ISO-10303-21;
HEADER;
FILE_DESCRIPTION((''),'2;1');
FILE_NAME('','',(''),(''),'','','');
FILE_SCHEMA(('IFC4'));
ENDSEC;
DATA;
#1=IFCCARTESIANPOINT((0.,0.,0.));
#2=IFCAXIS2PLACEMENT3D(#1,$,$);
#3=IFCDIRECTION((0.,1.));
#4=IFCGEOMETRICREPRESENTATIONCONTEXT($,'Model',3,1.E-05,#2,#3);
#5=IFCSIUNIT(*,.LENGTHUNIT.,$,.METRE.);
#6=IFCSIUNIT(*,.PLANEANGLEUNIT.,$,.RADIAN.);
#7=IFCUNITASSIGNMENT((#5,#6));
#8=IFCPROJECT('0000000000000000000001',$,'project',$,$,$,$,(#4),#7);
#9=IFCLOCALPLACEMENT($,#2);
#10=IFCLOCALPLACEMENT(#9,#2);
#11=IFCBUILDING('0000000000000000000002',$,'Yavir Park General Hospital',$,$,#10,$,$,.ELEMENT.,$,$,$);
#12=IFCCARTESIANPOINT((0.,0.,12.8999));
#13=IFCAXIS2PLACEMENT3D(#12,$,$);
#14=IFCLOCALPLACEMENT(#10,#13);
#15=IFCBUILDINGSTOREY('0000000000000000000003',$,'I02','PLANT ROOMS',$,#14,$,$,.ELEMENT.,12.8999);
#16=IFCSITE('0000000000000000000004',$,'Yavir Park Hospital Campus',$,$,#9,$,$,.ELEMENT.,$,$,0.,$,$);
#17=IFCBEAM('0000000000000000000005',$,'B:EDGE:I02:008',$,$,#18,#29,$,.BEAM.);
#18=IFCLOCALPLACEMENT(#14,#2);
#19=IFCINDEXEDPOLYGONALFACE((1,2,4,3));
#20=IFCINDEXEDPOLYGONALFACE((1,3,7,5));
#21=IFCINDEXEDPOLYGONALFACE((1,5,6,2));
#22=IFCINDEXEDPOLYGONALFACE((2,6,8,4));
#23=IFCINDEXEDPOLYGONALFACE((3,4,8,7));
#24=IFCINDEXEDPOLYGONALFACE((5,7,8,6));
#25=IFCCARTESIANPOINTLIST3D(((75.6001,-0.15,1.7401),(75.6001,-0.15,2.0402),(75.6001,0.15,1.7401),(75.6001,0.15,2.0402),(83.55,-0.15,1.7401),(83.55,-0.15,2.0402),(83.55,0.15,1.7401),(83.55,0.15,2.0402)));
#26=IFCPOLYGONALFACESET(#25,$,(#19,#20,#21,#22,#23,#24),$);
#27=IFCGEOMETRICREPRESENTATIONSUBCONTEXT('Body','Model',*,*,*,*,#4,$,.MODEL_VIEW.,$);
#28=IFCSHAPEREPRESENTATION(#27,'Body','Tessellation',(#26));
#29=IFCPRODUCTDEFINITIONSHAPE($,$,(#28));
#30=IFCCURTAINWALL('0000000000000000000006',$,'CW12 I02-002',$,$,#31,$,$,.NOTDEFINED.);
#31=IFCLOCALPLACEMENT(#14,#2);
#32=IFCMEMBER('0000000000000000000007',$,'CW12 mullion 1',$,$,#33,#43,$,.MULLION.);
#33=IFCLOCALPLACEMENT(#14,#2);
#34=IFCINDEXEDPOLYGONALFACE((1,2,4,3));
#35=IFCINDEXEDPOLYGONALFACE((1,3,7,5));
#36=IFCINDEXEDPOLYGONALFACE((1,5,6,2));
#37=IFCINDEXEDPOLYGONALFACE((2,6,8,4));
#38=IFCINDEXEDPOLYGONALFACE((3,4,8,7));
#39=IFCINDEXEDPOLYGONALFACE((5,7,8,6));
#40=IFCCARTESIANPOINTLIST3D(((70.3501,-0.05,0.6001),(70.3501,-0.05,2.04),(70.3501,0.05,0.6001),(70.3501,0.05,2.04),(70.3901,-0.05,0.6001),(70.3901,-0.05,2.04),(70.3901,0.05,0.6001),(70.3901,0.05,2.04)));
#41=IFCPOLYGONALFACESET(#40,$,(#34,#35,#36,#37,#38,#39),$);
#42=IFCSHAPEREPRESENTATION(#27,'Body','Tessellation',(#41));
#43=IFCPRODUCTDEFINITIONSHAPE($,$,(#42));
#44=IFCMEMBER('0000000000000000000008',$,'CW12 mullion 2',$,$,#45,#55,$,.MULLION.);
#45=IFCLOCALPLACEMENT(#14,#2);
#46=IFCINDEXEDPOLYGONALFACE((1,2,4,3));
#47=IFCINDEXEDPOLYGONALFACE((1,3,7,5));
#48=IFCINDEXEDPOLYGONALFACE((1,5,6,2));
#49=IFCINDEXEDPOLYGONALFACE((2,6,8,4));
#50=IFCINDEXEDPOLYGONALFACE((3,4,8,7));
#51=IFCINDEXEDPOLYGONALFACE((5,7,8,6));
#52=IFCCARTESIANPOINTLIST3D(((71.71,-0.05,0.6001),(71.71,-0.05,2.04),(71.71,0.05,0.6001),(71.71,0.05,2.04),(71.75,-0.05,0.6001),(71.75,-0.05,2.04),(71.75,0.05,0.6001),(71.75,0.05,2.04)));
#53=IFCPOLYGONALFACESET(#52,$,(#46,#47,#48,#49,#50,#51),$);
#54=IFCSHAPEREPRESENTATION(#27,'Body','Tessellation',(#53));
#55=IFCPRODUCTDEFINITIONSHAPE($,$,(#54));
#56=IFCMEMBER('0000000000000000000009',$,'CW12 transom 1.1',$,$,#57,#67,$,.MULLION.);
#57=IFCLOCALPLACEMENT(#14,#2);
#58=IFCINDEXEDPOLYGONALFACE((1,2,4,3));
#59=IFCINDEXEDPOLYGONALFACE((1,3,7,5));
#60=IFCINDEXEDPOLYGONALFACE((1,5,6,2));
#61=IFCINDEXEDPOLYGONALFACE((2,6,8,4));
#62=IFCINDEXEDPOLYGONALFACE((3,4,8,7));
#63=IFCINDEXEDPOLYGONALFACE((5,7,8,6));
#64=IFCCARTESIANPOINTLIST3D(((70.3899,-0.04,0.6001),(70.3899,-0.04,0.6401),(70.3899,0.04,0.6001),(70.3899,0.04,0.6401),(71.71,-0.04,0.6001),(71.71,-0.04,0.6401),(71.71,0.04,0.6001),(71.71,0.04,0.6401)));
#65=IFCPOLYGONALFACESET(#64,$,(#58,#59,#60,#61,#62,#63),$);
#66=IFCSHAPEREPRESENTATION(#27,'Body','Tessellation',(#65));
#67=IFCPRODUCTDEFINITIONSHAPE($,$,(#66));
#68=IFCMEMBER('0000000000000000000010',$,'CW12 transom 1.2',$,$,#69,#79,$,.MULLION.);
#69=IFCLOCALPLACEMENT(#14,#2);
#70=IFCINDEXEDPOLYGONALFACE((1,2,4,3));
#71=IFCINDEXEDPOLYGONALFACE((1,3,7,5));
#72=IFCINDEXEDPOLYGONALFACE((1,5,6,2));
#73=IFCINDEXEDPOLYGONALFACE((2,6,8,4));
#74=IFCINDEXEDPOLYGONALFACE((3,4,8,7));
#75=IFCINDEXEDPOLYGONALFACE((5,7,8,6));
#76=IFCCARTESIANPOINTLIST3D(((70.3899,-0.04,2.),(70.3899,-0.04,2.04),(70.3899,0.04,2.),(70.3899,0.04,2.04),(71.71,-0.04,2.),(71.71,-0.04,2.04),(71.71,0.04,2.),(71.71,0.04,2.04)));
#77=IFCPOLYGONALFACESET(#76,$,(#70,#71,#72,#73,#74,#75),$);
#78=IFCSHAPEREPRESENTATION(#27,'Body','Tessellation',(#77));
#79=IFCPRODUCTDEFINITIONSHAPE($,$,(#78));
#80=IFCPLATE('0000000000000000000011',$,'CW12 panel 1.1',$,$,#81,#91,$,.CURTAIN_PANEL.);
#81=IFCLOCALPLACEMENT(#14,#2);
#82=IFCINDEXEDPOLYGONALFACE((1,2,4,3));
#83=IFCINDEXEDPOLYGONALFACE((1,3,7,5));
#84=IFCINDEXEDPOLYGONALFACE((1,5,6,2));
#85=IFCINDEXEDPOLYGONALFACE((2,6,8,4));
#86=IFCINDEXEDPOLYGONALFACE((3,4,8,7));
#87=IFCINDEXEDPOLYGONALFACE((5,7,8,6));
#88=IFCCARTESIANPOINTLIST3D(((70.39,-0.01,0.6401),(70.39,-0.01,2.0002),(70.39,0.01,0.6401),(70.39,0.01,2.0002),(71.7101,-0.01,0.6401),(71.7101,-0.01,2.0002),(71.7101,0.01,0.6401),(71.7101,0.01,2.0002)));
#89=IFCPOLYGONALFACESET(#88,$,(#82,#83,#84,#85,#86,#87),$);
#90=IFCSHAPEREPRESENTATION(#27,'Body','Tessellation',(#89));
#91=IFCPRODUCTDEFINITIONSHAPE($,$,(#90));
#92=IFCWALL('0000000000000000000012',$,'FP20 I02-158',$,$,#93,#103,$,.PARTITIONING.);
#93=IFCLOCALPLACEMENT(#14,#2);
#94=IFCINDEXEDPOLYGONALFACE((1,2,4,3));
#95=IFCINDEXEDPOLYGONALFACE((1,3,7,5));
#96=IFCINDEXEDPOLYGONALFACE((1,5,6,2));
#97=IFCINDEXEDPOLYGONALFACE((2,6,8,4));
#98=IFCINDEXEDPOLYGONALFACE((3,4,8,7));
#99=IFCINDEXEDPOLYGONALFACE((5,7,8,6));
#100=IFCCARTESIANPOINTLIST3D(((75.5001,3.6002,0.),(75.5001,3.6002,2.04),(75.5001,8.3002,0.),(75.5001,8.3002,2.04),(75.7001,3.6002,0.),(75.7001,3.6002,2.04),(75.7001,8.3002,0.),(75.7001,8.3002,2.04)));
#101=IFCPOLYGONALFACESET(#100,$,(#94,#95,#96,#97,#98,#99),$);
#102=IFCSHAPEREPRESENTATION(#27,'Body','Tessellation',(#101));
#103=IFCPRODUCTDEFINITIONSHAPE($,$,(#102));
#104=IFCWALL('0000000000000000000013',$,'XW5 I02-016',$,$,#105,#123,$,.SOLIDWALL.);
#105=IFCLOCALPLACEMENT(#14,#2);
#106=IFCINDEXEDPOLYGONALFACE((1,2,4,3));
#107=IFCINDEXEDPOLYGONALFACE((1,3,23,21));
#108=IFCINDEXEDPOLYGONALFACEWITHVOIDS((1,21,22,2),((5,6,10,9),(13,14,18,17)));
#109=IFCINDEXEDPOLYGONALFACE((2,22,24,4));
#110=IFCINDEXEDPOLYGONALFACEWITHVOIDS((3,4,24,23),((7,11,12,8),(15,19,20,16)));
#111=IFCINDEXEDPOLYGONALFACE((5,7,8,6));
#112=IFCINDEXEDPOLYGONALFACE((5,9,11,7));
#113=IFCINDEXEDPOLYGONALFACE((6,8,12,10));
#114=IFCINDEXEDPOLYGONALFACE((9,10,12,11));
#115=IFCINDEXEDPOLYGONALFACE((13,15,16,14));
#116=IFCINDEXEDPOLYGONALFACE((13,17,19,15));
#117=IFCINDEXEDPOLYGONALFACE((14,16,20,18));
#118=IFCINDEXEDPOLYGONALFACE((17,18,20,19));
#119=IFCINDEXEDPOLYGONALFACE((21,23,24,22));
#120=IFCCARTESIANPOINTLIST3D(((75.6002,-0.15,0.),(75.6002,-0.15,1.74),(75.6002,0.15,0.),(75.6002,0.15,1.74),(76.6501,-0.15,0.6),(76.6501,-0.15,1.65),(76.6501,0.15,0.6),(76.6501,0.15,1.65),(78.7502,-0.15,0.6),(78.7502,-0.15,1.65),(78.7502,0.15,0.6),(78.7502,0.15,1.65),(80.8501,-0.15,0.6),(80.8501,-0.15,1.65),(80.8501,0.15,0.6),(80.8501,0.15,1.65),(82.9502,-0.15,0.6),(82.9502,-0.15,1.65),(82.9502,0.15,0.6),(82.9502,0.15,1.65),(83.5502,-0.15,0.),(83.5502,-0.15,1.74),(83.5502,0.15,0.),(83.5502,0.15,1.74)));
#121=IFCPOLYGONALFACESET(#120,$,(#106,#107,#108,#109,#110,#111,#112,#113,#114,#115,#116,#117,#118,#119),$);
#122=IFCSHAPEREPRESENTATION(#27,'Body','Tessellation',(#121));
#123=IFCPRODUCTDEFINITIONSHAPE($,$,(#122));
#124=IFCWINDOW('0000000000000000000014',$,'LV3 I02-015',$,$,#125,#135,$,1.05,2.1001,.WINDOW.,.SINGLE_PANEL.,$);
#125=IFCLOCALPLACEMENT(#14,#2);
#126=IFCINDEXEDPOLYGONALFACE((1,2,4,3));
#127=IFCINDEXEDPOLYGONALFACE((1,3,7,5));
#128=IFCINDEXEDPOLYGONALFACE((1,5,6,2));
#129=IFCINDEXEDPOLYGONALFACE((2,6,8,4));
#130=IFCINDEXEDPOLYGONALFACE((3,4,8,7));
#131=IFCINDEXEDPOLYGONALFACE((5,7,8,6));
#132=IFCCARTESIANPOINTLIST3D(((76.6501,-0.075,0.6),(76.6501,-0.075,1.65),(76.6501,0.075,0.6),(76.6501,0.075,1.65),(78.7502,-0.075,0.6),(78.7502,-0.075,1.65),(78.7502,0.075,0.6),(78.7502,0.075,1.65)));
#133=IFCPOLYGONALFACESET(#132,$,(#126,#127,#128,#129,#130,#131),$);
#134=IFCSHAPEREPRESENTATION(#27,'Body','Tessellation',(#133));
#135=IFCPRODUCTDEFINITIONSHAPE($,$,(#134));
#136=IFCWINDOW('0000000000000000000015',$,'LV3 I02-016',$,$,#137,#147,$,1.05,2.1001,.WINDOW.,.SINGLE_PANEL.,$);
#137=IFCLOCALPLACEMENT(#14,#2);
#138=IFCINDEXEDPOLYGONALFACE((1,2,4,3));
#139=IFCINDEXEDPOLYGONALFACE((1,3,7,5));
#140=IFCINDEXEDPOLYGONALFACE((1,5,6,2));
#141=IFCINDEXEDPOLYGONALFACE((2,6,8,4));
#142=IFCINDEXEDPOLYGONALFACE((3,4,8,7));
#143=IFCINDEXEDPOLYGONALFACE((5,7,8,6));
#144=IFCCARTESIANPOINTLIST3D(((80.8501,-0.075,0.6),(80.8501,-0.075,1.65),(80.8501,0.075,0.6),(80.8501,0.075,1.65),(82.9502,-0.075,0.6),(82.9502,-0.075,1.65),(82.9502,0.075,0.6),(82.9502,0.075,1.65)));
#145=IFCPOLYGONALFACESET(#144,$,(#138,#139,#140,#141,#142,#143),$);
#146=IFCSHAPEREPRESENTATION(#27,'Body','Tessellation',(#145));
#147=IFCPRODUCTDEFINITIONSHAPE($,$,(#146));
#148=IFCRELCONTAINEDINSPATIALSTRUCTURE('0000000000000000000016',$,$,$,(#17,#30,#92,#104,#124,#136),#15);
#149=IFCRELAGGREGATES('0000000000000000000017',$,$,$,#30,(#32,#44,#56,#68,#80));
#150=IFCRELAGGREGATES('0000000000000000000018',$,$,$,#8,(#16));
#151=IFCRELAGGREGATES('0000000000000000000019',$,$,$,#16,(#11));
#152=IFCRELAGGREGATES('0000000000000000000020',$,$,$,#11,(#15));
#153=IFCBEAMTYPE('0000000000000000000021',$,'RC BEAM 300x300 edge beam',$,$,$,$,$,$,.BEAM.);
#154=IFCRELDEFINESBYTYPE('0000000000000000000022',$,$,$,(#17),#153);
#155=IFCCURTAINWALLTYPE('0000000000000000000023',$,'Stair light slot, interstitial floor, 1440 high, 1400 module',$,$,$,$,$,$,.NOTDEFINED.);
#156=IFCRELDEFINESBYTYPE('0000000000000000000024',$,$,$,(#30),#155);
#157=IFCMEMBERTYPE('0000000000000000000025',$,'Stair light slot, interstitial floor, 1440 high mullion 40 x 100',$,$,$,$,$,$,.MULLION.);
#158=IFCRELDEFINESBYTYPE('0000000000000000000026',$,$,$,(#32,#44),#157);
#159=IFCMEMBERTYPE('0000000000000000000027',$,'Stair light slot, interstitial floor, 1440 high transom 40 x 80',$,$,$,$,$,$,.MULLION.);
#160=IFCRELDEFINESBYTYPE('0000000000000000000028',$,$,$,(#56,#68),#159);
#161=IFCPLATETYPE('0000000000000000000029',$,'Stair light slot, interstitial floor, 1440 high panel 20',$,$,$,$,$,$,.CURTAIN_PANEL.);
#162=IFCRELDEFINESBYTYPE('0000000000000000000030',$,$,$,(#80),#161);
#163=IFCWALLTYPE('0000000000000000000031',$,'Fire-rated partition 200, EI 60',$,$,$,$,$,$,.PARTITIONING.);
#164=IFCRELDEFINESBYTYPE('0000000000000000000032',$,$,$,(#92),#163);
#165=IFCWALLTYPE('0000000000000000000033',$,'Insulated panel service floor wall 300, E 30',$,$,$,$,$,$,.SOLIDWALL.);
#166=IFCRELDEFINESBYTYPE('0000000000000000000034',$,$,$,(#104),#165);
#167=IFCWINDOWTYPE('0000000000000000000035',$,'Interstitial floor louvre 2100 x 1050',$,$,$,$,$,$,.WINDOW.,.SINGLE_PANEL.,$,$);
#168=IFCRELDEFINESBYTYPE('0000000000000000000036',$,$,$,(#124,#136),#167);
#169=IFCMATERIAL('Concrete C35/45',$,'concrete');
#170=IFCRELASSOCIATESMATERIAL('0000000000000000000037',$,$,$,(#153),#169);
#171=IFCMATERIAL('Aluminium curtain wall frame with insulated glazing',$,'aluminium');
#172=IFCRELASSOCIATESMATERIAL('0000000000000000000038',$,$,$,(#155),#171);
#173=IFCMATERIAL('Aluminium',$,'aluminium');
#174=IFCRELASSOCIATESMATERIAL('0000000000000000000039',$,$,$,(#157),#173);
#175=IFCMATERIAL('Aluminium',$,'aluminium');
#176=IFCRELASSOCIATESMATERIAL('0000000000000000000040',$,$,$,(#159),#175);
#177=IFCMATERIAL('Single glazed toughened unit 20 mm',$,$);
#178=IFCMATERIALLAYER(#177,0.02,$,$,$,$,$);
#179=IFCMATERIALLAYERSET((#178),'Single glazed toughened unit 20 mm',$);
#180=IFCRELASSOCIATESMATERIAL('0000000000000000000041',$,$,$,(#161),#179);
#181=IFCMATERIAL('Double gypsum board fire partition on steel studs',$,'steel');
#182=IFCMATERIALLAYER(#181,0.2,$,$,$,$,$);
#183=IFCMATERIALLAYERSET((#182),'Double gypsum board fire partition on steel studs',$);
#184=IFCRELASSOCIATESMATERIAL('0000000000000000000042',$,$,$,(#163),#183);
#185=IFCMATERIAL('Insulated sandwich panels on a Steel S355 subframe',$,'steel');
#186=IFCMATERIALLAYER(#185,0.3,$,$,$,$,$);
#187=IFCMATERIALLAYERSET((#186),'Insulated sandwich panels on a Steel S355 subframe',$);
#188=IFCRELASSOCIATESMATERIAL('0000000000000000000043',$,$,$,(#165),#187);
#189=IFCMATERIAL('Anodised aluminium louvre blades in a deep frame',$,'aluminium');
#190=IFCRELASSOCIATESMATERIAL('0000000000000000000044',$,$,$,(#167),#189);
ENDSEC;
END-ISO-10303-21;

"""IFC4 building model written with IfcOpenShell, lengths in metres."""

from ifc_helpers import new_model, si_unit, direction, frame, frame_2d, origin, origin_2d, place, context, subcontext, project, spatial, rectangle, extrude, material, layer, layer_set, material_profile, profile_set, type_object, element, fill, aggregate, save


model = new_model("IFC4")

# Units and contexts
model_context = context("Model", 3, precision=1e-05, world=origin(), true_north=direction((0.0, 1.0)))
body_context = subcontext(model_context, "Body", "Model", "MODEL_VIEW")
ifc_project = project(units=[si_unit("LENGTHUNIT", "METRE"), si_unit("PLANEANGLEUNIT", "RADIAN")], contexts=[model_context])

# Site, building, storey
site_placement = place(None, origin())
site = spatial("IfcSite", under=ifc_project, at=site_placement, Name="Yavir Park Hospital Campus", CompositionType="ELEMENT", RefElevation=0.0)
building_placement = place(site_placement, origin())
building = spatial("IfcBuilding", under=site, at=building_placement, Name="Yavir Park General Hospital", CompositionType="ELEMENT")
storey_placement = place(building_placement, frame((0.0, 0.0, 12.8999)))
storey = spatial("IfcBuildingStorey", under=building, at=storey_placement, Name="I02", Description="PLANT ROOMS", CompositionType="ELEMENT", Elevation=12.8999)

# Beam
ifc_material_1 = material(Name="Concrete C35/45", Category="concrete")
ifc_material_profile_1 = material_profile(ifc_material_1, rectangle(XDim=0.3, YDim=0.3, at=origin_2d()), Name="RC300x300")
ifc_profile_set_1 = profile_set([ifc_material_profile_1], Name="Concrete C35/45")
beam_type = type_object("IfcBeamType", Name="RC BEAM 300x300 edge beam", PredefinedType="BEAM", material=ifc_profile_set_1)
beam_placement = place(storey_placement, frame((75.6001, 0.0, 1.8901), z_axis=(1.0, 0.0, 0.0), x_axis=(0.0, 1.0, 0.0)))
element("IfcBeam", 1, at=beam_placement, inside=storey, type_object=beam_type, Name="B:EDGE:I02:008", PredefinedType="BEAM", context=body_context, shape_type="SweptSolid", body=[
    extrude(rectangle(XDim=0.3, YDim=0.3, at=origin_2d()), origin(), (0.0, 0.0, 1.0), 7.95),
])

# Curtain wall, members, plate
ifc_material_2 = material(Name="Aluminium curtain wall frame with insulated glazing", Category="aluminium")
curtain_wall_type = type_object("IfcCurtainWallType", Name="Stair light slot, interstitial floor, 1440 high, 1400 module", PredefinedType="NOTDEFINED", material=ifc_material_2)
curtain_wall_placement = place(storey_placement, origin())
curtain_wall = element("IfcCurtainWall", 2, at=curtain_wall_placement, inside=storey, type_object=curtain_wall_type, Name="CW12 I02-002", PredefinedType="NOTDEFINED")
ifc_material_3 = material(Name="Aluminium", Category="aluminium")
ifc_material_profile_2 = material_profile(ifc_material_3, rectangle(XDim=0.1001, YDim=0.04, at=origin_2d()), Name="AL 40x100")
ifc_profile_set_2 = profile_set([ifc_material_profile_2], Name="Aluminium")
member_type_1 = type_object("IfcMemberType", Name="Stair light slot, interstitial floor, 1440 high mullion 40 x 100", PredefinedType="MULLION", material=ifc_profile_set_2)
member_1_placement = place(storey_placement, frame((70.3701, 0.0, 0.6001), z_axis=(0.0, 0.0, 1.0), x_axis=(0.0, 1.0, 0.0)))
member_1 = element("IfcMember", 3, at=member_1_placement, type_object=member_type_1, Name="CW12 mullion 1", PredefinedType="MULLION", context=body_context, shape_type="SweptSolid", body=[
    extrude(rectangle(XDim=0.1001, YDim=0.04, at=origin_2d()), origin(), (0.0, 0.0, 1.0), 1.4399),
])
member_2_placement = place(storey_placement, frame((71.73, 0.0, 0.6001), z_axis=(0.0, 0.0, 1.0), x_axis=(0.0, 1.0, 0.0)))
member_2 = element("IfcMember", 4, at=member_2_placement, type_object=member_type_1, Name="CW12 mullion 2", PredefinedType="MULLION", context=body_context, shape_type="SweptSolid", body=[
    extrude(rectangle(XDim=0.1001, YDim=0.04, at=origin_2d()), origin(), (0.0, 0.0, 1.0), 1.4399),
])
ifc_material_4 = material(Name="Aluminium", Category="aluminium")
ifc_material_profile_3 = material_profile(ifc_material_4, rectangle(XDim=0.0801, YDim=0.04, at=origin_2d()), Name="AL 80x40")
ifc_profile_set_3 = profile_set([ifc_material_profile_3], Name="Aluminium")
member_type_2 = type_object("IfcMemberType", Name="Stair light slot, interstitial floor, 1440 high transom 40 x 80", PredefinedType="MULLION", material=ifc_profile_set_3)
member_3_placement = place(storey_placement, frame((70.3899, 0.0, 0.6201), z_axis=(1.0, 0.0, 0.0), x_axis=(0.0, 1.0, 0.0)))
member_3 = element("IfcMember", 5, at=member_3_placement, type_object=member_type_2, Name="CW12 transom 1.1", PredefinedType="MULLION", context=body_context, shape_type="SweptSolid", body=[
    extrude(rectangle(XDim=0.0801, YDim=0.04, at=origin_2d()), origin(), (0.0, 0.0, 1.0), 1.3201),
])
member_4_placement = place(storey_placement, frame((70.3899, 0.0, 2.02), z_axis=(1.0, 0.0, 0.0), x_axis=(0.0, 1.0, 0.0)))
member_4 = element("IfcMember", 6, at=member_4_placement, type_object=member_type_2, Name="CW12 transom 1.2", PredefinedType="MULLION", context=body_context, shape_type="SweptSolid", body=[
    extrude(rectangle(XDim=0.0801, YDim=0.04, at=origin_2d()), origin(), (0.0, 0.0, 1.0), 1.3201),
])
ifc_material_5 = material(Name="Single glazed toughened unit 20 mm")
ifc_layer_1 = layer(ifc_material_5, 0.02)
ifc_layer_set_1 = layer_set([ifc_layer_1], Name="Single glazed toughened unit 20 mm")
plate_type = type_object("IfcPlateType", Name="Stair light slot, interstitial floor, 1440 high panel 20", PredefinedType="CURTAIN_PANEL", material=ifc_layer_set_1)
plate_placement = place(storey_placement, frame((71.05, 0.0, 0.6401), z_axis=(0.0, 0.0, 1.0), x_axis=(1.0, 0.0, 0.0)))
plate = element("IfcPlate", 7, at=plate_placement, type_object=plate_type, Name="CW12 panel 1.1", PredefinedType="CURTAIN_PANEL", context=body_context, shape_type="SweptSolid", body=[
    extrude(rectangle(XDim=1.3201, YDim=0.02, at=origin_2d()), origin(), (0.0, 0.0, 1.0), 1.3601),
])
aggregate(curtain_wall, [member_1, member_2, member_3, member_4, plate])

# Wall
ifc_material_6 = material(Name="Double gypsum board fire partition on steel studs", Category="steel")
ifc_layer_2 = layer(ifc_material_6, 0.2)
ifc_layer_set_2 = layer_set([ifc_layer_2], Name="Double gypsum board fire partition on steel studs")
wall_type_1 = type_object("IfcWallType", Name="Fire-rated partition 200, EI 60", PredefinedType="PARTITIONING", material=ifc_layer_set_2)
wall_1_placement = place(storey_placement, frame((75.6001, 3.6001, 0.0), z_axis=(0.0, 0.0, 1.0), x_axis=(0.0, 1.0, 0.0)))
element("IfcWall", 8, at=wall_1_placement, inside=storey, type_object=wall_type_1, Name="FP20 I02-158", PredefinedType="PARTITIONING", context=body_context, shape_type="SweptSolid", body=[
    extrude(rectangle(XDim=4.7, YDim=0.2, at=frame_2d((2.3501, 0.0))), origin(), (0.0, 0.0, 1.0), 2.04),
])

# Wall, openings, windows
ifc_material_7 = material(Name="Insulated sandwich panels on a Steel S355 subframe", Category="steel")
ifc_layer_3 = layer(ifc_material_7, 0.3)
ifc_layer_set_3 = layer_set([ifc_layer_3], Name="Insulated sandwich panels on a Steel S355 subframe")
wall_type_2 = type_object("IfcWallType", Name="Insulated panel service floor wall 300, E 30", PredefinedType="SOLIDWALL", material=ifc_layer_set_3)
wall_2_placement = place(storey_placement, frame((75.6001, 0.0, 0.0), z_axis=(0.0, 0.0, 1.0), x_axis=(1.0, 0.0, 0.0)))
wall_2 = element("IfcWall", 9, at=wall_2_placement, inside=storey, type_object=wall_type_2, Name="XW5 I02-016", PredefinedType="SOLIDWALL", context=body_context, shape_type="SweptSolid", body=[
    extrude(rectangle(XDim=7.95, YDim=0.3, at=frame_2d((3.9751, 0.0))), origin(), (0.0, 0.0, 1.0), 1.74),
])
opening_1_placement = place(wall_2_placement, frame((1.05, 0.0, 0.6001)))
opening_1 = element("IfcOpeningElement", 10, at=opening_1_placement, cuts=wall_2, PredefinedType="OPENING", context=body_context, shape_type="SweptSolid", body=[
    extrude(rectangle(XDim=2.1001, YDim=1.05, at=frame_2d((1.05, 0.5249))), frame((0.0, 0.1599, 0.0), z_axis=(0.0, -1.0, 0.0), x_axis=(1.0, 0.0, 0.0)), (0.0, 0.0, 1.0), 0.3201),
])
opening_2_placement = place(wall_2_placement, frame((5.25, 0.0, 0.6001)))
opening_2 = element("IfcOpeningElement", 11, at=opening_2_placement, cuts=wall_2, PredefinedType="OPENING", context=body_context, shape_type="SweptSolid", body=[
    extrude(rectangle(XDim=2.1001, YDim=1.05, at=frame_2d((1.05, 0.5249))), frame((0.0, 0.1599, 0.0), z_axis=(0.0, -1.0, 0.0), x_axis=(1.0, 0.0, 0.0)), (0.0, 0.0, 1.0), 0.3201),
])
ifc_material_8 = material(Name="Anodised aluminium louvre blades in a deep frame", Category="aluminium")
window_type = type_object("IfcWindowType", Name="Interstitial floor louvre 2100 x 1050", PartitioningType="SINGLE_PANEL", PredefinedType="WINDOW", material=ifc_material_8)
window_1_placement = place(opening_1_placement, origin())
window_1 = element("IfcWindow", 12, at=window_1_placement, inside=storey, type_object=window_type, Name="LV3 I02-015", OverallHeight=1.05, OverallWidth=2.1001, PartitioningType="SINGLE_PANEL", PredefinedType="WINDOW", context=body_context, shape_type="SweptSolid", body=[
    extrude(rectangle(XDim=2.1001, YDim=1.05, at=frame_2d((1.05, 0.5249))), frame((0.0, 0.075, 0.0), z_axis=(0.0, -1.0, 0.0), x_axis=(1.0, 0.0, 0.0)), (0.0, 0.0, 1.0), 0.1499),
])
fill(opening_1, window_1)
window_2_placement = place(opening_2_placement, origin())
window_2 = element("IfcWindow", 13, at=window_2_placement, inside=storey, type_object=window_type, Name="LV3 I02-016", OverallHeight=1.05, OverallWidth=2.1001, PartitioningType="SINGLE_PANEL", PredefinedType="WINDOW", context=body_context, shape_type="SweptSolid", body=[
    extrude(rectangle(XDim=2.1001, YDim=1.05, at=frame_2d((1.05, 0.5249))), frame((0.0, 0.075, 0.0), z_axis=(0.0, -1.0, 0.0), x_axis=(1.0, 0.0, 0.0)), (0.0, 0.0, 1.0), 0.1499),
])
fill(opening_2, window_2)

save(model, "model.ifc")
